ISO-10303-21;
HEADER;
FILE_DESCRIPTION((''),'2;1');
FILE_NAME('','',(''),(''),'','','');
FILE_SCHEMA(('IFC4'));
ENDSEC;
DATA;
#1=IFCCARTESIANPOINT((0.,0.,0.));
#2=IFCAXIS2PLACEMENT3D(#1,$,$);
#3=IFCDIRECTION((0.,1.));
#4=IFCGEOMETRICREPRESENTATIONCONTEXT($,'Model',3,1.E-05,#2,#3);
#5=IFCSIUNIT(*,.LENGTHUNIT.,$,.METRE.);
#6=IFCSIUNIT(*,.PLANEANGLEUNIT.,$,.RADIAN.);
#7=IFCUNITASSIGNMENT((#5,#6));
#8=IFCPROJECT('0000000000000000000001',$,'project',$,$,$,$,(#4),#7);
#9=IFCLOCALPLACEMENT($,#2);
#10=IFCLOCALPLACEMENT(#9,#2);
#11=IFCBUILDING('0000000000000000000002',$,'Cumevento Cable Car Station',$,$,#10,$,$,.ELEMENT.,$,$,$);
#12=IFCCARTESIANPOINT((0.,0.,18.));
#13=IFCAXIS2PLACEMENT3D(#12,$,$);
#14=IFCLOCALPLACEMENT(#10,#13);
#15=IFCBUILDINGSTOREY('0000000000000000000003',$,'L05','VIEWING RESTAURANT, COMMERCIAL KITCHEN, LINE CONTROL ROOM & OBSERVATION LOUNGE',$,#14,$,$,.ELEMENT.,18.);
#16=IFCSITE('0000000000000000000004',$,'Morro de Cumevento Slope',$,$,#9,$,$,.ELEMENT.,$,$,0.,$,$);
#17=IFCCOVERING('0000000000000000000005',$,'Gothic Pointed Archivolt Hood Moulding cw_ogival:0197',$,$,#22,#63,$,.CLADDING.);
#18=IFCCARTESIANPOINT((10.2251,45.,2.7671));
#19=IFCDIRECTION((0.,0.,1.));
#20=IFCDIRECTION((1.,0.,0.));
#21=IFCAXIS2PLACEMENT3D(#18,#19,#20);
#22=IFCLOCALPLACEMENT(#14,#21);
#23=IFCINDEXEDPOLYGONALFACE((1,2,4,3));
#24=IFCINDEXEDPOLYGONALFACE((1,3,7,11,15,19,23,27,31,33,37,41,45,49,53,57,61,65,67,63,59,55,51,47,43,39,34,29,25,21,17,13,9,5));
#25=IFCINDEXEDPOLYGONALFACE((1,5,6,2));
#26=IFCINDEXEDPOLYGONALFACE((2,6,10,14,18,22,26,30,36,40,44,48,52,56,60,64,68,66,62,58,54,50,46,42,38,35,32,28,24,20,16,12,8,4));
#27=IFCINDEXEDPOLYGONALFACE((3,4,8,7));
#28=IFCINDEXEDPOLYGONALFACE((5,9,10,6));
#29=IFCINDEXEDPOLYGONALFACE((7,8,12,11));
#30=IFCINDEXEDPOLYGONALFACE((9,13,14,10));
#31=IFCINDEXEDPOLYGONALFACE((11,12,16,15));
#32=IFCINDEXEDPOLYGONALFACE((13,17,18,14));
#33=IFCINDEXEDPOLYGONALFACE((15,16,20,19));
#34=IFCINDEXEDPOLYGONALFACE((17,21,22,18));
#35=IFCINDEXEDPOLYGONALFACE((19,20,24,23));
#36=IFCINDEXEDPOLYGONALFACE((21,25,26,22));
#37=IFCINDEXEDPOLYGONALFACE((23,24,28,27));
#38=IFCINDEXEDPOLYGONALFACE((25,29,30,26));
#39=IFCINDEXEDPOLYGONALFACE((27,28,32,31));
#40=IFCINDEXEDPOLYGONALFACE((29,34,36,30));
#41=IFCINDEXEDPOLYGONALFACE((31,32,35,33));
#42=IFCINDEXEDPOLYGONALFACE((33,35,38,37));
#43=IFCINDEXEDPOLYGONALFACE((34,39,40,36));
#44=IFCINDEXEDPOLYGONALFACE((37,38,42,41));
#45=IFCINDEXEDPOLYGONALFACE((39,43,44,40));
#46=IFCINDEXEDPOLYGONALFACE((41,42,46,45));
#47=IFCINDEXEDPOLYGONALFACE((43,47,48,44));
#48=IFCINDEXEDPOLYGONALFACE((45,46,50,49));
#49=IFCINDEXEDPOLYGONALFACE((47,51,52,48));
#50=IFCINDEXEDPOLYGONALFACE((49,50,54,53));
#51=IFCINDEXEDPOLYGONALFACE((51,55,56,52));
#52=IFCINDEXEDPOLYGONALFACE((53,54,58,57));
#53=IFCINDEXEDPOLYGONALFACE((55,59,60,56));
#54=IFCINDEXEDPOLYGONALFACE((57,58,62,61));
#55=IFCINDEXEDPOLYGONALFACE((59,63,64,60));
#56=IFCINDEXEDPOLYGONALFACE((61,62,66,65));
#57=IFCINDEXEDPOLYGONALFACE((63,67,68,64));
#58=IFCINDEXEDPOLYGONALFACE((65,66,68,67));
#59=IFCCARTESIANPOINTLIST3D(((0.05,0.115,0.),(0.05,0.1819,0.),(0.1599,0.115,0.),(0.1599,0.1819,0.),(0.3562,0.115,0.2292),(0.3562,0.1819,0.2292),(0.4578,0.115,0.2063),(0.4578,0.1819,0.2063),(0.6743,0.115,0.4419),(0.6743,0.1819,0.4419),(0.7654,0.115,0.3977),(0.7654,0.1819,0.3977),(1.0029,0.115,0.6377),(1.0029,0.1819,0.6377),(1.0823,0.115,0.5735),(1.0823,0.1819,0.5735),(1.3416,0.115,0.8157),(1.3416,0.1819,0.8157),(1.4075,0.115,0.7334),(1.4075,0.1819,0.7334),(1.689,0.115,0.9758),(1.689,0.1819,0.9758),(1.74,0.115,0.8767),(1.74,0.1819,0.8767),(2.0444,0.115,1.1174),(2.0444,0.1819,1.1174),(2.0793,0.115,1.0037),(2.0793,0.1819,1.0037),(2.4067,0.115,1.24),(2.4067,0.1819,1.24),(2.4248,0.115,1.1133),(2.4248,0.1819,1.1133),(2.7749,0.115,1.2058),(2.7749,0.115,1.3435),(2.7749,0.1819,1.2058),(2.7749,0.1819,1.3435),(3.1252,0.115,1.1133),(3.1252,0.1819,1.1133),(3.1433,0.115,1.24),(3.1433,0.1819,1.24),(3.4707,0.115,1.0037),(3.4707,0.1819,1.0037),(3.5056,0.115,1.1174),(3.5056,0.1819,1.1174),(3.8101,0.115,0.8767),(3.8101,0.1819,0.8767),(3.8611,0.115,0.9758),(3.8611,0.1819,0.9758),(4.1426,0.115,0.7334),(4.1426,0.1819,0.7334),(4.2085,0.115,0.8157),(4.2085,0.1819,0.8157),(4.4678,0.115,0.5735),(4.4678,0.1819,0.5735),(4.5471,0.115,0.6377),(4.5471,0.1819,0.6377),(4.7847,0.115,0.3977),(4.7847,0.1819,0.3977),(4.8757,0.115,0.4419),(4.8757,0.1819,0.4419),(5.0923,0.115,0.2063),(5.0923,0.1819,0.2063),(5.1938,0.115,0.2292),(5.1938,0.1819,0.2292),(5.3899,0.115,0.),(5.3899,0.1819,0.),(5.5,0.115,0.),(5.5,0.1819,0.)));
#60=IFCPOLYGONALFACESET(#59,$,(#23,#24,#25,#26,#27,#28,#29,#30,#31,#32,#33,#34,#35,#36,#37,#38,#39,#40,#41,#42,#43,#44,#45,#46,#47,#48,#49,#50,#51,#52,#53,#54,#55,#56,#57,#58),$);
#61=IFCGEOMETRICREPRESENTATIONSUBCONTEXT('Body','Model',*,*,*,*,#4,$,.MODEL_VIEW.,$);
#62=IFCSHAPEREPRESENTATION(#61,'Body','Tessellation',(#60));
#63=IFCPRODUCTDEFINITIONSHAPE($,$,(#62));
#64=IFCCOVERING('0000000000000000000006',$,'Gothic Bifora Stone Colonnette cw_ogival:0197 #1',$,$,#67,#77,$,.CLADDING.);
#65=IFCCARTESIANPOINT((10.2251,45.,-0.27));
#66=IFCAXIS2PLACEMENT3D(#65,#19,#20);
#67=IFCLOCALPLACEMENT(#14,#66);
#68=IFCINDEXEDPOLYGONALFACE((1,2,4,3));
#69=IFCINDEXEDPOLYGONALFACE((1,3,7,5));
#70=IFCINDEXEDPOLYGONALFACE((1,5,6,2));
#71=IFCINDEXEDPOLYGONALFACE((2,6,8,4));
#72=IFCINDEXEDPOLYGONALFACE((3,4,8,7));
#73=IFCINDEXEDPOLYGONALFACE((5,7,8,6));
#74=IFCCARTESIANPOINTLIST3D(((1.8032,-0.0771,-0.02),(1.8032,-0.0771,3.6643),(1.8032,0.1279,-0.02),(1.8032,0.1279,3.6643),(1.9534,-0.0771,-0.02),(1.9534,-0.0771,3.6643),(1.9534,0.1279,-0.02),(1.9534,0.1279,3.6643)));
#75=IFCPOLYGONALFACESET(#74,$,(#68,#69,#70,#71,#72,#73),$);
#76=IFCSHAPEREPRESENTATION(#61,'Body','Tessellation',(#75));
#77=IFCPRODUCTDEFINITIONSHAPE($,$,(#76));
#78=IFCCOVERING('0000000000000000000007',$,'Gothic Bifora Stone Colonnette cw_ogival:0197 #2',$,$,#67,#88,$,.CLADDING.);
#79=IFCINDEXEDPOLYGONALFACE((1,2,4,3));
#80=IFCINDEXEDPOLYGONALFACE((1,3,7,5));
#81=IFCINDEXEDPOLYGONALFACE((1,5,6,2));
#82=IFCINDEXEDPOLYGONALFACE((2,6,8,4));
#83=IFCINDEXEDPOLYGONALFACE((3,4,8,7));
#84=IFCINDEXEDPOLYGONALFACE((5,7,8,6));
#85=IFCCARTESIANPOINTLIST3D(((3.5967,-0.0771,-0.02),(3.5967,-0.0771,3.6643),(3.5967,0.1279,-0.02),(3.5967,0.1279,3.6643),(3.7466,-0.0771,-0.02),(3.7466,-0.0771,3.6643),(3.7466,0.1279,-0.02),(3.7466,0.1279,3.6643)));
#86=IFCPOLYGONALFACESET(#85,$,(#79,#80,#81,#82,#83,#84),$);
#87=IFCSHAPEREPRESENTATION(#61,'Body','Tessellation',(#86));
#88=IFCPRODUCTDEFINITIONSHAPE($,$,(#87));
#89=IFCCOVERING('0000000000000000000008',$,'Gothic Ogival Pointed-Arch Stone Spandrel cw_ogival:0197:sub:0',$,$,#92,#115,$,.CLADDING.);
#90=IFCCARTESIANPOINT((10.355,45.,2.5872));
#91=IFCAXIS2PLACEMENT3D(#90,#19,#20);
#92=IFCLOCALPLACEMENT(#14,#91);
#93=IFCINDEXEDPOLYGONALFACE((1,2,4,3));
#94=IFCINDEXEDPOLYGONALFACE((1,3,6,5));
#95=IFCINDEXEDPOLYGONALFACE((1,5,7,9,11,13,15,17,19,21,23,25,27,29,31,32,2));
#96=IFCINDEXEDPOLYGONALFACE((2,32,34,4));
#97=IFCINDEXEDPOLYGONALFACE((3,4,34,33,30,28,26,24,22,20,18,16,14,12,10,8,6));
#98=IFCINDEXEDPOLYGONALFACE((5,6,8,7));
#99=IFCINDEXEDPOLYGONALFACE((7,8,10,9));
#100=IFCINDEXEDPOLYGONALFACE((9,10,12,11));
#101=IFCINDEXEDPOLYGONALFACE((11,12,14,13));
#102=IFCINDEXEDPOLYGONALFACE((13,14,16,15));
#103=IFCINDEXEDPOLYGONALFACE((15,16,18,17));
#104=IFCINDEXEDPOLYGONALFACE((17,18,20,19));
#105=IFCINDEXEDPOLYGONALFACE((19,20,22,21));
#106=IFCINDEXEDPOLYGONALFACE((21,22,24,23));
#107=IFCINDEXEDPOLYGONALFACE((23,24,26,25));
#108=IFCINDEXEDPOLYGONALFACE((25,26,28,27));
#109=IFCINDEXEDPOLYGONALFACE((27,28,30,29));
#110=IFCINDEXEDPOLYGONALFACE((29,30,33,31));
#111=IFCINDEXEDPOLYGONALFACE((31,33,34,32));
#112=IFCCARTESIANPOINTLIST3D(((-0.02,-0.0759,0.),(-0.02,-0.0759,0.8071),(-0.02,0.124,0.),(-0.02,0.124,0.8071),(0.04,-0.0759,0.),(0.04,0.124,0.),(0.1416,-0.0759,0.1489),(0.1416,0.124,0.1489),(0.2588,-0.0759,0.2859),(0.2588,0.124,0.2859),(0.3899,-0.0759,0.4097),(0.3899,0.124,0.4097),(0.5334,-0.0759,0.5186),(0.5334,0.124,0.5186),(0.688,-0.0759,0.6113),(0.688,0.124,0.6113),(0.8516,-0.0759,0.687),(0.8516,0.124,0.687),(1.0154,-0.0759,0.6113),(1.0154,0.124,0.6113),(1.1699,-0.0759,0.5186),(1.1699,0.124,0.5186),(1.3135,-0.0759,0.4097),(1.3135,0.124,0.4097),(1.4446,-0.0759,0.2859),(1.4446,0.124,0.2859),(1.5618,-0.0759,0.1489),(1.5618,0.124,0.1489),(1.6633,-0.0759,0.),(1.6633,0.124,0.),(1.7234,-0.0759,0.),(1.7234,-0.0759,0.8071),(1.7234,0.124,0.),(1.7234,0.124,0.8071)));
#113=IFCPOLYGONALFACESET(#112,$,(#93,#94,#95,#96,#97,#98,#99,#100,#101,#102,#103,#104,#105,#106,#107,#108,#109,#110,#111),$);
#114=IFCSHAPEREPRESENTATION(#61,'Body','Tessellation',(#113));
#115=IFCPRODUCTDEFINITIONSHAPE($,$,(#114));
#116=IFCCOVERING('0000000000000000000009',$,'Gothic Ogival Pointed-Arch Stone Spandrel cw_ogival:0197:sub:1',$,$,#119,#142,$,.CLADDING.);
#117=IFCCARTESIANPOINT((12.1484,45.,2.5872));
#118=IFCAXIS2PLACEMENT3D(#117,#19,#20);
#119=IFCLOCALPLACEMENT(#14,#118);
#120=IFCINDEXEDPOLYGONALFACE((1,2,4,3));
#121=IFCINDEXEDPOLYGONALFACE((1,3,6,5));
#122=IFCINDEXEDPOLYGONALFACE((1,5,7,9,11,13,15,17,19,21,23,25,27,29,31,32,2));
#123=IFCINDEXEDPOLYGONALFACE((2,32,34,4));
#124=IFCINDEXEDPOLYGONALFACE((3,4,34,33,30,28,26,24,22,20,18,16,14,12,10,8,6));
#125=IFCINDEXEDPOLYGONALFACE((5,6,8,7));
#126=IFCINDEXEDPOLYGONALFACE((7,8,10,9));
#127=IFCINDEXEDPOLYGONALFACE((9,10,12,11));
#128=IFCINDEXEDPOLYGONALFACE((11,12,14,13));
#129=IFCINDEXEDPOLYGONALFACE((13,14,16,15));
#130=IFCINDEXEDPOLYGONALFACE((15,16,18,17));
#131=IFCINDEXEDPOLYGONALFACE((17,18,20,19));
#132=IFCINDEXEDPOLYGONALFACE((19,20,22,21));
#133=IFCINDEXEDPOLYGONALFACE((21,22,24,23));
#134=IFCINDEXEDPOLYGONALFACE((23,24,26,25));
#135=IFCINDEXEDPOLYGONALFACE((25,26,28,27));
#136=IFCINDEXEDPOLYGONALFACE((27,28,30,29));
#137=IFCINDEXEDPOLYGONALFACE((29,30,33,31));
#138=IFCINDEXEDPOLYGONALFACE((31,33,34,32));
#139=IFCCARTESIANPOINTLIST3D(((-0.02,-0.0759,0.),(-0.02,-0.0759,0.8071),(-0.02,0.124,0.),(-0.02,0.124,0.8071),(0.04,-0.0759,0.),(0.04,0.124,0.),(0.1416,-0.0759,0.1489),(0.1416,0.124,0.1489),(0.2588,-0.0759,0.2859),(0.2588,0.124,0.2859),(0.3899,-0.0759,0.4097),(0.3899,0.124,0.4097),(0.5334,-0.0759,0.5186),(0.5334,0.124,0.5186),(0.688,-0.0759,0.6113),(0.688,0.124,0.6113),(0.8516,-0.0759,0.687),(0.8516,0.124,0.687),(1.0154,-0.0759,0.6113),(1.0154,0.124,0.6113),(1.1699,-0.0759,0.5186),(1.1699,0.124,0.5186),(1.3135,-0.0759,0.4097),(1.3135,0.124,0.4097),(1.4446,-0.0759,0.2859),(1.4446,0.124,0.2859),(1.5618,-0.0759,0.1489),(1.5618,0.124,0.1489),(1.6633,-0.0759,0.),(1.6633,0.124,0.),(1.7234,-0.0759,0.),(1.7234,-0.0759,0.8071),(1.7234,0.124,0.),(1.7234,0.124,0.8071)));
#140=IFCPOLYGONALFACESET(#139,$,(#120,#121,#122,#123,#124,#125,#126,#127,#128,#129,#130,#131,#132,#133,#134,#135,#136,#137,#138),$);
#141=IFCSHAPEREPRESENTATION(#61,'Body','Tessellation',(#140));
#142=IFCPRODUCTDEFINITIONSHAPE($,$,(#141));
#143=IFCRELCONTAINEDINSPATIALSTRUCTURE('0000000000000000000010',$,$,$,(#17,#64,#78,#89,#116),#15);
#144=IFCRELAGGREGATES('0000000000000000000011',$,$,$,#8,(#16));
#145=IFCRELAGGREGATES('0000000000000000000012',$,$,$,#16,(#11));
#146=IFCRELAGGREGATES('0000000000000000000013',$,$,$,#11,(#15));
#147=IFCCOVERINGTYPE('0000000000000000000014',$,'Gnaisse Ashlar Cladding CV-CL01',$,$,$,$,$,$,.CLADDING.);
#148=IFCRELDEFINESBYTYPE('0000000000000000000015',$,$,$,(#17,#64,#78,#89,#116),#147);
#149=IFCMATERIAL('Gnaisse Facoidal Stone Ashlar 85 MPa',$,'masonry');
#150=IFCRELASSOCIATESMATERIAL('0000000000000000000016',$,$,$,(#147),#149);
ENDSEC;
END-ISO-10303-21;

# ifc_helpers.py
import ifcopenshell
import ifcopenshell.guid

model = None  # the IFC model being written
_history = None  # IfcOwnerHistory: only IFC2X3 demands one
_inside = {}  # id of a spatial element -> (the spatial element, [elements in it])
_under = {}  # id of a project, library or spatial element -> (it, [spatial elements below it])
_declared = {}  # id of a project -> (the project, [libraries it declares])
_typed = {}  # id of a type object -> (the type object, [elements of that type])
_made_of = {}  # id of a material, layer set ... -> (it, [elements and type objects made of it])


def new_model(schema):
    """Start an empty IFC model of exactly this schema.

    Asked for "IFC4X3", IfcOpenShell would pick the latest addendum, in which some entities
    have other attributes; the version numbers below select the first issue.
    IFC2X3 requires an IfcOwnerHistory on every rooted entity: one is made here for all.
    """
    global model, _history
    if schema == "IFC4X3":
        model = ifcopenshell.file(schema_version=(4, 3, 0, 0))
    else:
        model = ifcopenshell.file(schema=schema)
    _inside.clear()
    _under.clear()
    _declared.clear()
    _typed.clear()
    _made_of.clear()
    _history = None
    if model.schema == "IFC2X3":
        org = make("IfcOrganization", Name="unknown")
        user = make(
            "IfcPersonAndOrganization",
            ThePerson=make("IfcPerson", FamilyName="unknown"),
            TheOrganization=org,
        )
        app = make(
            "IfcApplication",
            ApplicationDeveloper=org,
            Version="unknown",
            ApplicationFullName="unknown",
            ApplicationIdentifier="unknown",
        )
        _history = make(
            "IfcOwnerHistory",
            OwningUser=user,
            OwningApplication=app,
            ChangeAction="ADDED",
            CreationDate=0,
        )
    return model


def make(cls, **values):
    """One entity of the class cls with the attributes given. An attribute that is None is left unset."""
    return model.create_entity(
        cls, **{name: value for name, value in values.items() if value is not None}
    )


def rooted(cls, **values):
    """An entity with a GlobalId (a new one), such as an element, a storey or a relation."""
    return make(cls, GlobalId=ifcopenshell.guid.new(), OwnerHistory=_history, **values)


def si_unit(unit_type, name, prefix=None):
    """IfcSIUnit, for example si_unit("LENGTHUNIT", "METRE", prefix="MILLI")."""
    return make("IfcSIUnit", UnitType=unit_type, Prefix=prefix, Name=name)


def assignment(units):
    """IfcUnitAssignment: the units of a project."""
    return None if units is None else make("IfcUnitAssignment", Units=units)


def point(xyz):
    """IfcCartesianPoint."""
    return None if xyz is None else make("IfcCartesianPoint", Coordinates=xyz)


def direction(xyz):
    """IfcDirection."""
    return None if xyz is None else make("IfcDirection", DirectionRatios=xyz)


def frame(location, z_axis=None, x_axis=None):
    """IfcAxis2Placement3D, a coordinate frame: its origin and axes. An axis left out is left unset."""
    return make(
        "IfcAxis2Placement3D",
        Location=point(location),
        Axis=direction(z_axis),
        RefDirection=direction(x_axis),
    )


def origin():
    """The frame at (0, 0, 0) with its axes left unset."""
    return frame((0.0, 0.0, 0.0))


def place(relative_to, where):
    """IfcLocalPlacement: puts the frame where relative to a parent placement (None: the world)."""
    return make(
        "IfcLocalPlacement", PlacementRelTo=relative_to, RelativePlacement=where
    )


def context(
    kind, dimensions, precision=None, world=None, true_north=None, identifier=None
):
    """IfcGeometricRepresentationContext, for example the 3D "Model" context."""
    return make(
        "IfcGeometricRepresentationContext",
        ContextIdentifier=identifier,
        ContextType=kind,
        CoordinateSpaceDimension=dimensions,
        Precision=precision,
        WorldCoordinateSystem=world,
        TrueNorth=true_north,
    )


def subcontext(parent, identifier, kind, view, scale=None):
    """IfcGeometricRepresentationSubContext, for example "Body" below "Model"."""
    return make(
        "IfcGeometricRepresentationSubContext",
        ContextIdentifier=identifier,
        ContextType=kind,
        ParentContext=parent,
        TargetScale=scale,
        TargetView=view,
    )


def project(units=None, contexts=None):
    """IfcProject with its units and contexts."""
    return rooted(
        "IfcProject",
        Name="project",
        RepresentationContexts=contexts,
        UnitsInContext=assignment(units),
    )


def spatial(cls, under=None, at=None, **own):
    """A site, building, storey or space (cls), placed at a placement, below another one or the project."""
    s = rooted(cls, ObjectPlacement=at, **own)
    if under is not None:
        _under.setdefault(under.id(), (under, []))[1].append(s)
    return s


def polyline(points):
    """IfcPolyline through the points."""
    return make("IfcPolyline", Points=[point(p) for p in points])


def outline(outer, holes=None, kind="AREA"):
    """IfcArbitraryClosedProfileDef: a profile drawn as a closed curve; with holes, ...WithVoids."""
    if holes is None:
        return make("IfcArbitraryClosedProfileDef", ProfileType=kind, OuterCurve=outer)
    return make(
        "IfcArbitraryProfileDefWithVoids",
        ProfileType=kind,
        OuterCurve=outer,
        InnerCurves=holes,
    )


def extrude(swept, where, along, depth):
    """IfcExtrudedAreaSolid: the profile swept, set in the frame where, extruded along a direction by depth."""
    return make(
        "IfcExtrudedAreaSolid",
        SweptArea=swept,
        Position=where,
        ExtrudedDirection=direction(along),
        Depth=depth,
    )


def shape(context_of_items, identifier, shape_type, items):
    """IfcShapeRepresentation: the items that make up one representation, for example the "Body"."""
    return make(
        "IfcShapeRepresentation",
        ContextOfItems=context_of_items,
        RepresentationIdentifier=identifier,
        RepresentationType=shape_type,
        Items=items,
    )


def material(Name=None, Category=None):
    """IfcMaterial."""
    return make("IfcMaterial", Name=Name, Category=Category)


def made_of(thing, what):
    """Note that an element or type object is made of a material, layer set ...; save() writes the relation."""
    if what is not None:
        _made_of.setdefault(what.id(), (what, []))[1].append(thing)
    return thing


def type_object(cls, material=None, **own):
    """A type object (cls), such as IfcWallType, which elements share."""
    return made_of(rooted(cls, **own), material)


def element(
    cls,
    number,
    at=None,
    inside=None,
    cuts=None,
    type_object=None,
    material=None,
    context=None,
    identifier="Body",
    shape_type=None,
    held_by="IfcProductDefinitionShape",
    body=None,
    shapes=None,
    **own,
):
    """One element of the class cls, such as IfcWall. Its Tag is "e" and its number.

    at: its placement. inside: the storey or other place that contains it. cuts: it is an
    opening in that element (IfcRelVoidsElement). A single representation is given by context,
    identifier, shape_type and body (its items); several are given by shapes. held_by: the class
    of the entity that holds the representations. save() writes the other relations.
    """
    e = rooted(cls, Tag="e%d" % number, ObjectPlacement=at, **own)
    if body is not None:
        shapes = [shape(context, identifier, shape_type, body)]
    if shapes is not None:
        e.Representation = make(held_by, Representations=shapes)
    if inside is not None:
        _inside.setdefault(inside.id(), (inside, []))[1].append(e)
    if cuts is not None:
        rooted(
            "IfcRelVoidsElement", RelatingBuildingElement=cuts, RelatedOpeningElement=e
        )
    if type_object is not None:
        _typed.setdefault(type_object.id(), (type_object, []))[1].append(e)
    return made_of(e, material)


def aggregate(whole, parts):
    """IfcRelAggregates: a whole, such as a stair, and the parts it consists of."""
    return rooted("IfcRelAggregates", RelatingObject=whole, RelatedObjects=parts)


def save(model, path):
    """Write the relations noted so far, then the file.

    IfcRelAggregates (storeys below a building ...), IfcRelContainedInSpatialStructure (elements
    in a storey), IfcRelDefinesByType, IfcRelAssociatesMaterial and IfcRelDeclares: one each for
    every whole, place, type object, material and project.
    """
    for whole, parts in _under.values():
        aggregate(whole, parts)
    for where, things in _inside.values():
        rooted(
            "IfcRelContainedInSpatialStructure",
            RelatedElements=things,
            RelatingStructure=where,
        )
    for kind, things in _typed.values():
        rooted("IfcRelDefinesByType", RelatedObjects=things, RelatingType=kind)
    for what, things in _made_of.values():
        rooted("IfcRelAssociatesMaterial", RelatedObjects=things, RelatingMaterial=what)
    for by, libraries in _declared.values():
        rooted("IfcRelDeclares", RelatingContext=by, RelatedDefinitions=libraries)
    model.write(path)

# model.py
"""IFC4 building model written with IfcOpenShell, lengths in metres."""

from ifc_helpers import new_model, si_unit, direction, frame, origin, place, context, subcontext, project, spatial, polyline, outline, extrude, material, type_object, element, save


model = new_model("IFC4")

# Units and contexts
model_context = context("Model", 3, precision=1e-05, world=origin(), true_north=direction((0.0, 1.0)))
body_context = subcontext(model_context, "Body", "Model", "MODEL_VIEW")
ifc_project = project(units=[si_unit("LENGTHUNIT", "METRE"), si_unit("PLANEANGLEUNIT", "RADIAN")], contexts=[model_context])

# Site, building, storey
site_placement = place(None, origin())
site = spatial("IfcSite", under=ifc_project, at=site_placement, Name="Morro de Cumevento Slope", CompositionType="ELEMENT", RefElevation=0.0)
building_placement = place(site_placement, origin())
building = spatial("IfcBuilding", under=site, at=building_placement, Name="Cumevento Cable Car Station", CompositionType="ELEMENT")
storey_placement = place(building_placement, frame((0.0, 0.0, 18.0)))
storey = spatial("IfcBuildingStorey", under=building, at=storey_placement, Name="L05", Description="VIEWING RESTAURANT, COMMERCIAL KITCHEN, LINE CONTROL ROOM & OBSERVATION LOUNGE", CompositionType="ELEMENT", Elevation=18.0)

# Coverings
ifc_material_1 = material(Name="Gnaisse Facoidal Stone Ashlar 85 MPa", Category="masonry")
covering_type = type_object("IfcCoveringType", Name="Gnaisse Ashlar Cladding CV-CL01", PredefinedType="CLADDING", material=ifc_material_1)
covering_1_placement = place(storey_placement, frame((10.2251, 45.0, 2.7671), z_axis=(0.0, 0.0, 1.0), x_axis=(1.0, 0.0, 0.0)))
element("IfcCovering", 1, at=covering_1_placement, inside=storey, type_object=covering_type, Name="Gothic Pointed Archivolt Hood Moulding cw_ogival:0197", PredefinedType="CLADDING", context=body_context, shape_type="SweptSolid", body=[
    extrude(outline(polyline([(0.1599, 0.0), (0.4578, 0.2063), (0.7654, 0.3977), (1.0823, 0.5735), (1.4075, 0.7334), (1.74, 0.8767), (2.0793, 1.0037), (2.4248, 1.1133), (2.7749, 1.2058), (3.1252, 1.1133), (3.4707, 1.0037), (3.8101, 0.8767), (4.1426, 0.7334), (4.4678, 0.5735), (4.7847, 0.3977), (5.0923, 0.2063), (5.3899, 0.0), (5.5, 0.0), (5.1938, 0.2292), (4.8757, 0.4419), (4.5471, 0.6377), (4.2085, 0.8157), (3.8611, 0.9758), (3.5056, 1.1174), (3.1433, 1.24), (2.7749, 1.3435), (2.4067, 1.24), (2.0444, 1.1174), (1.689, 0.9758), (1.3416, 0.8157), (1.0029, 0.6377), (0.6743, 0.4419), (0.3562, 0.2292), (0.05, 0.0), (0.1599, 0.0)])), frame((0.0, 0.1819, 0.0), z_axis=(0.0, -1.0, 0.0), x_axis=(1.0, 0.0, 0.0)), (0.0, 0.0, 1.0), 0.0669),
])
placement = place(storey_placement, frame((10.2251, 45.0, -0.27), z_axis=(0.0, 0.0, 1.0), x_axis=(1.0, 0.0, 0.0)))
element("IfcCovering", 2, at=placement, inside=storey, type_object=covering_type, Name="Gothic Bifora Stone Colonnette cw_ogival:0197 #1", PredefinedType="CLADDING", context=body_context, shape_type="SweptSolid", body=[
    extrude(outline(polyline([(1.8032, -0.02), (1.9534, -0.02), (1.9534, 3.6643), (1.8032, 3.6643), (1.8032, -0.02)])), frame((0.0, 0.1279, 0.0), z_axis=(0.0, -1.0, 0.0), x_axis=(1.0, 0.0, 0.0)), (0.0, 0.0, 1.0), 0.2051),
])
element("IfcCovering", 3, at=placement, inside=storey, type_object=covering_type, Name="Gothic Bifora Stone Colonnette cw_ogival:0197 #2", PredefinedType="CLADDING", context=body_context, shape_type="SweptSolid", body=[
    extrude(outline(polyline([(3.5967, -0.02), (3.7466, -0.02), (3.7466, 3.6643), (3.5967, 3.6643), (3.5967, -0.02)])), frame((0.0, 0.1279, 0.0), z_axis=(0.0, -1.0, 0.0), x_axis=(1.0, 0.0, 0.0)), (0.0, 0.0, 1.0), 0.2051),
])
for number, where, z_axis, x_axis, name in (
    (4, (10.355, 45.0, 2.5872), (0.0, 0.0, 1.0), (1.0, 0.0, 0.0), "Gothic Ogival Pointed-Arch Stone Spandrel cw_ogival:0197:sub:0"),
    (5, (12.1484, 45.0, 2.5872), (0.0, 0.0, 1.0), (1.0, 0.0, 0.0), "Gothic Ogival Pointed-Arch Stone Spandrel cw_ogival:0197:sub:1"),
):
    element("IfcCovering", number, at=place(storey_placement, frame(where, z_axis=z_axis, x_axis=x_axis)), inside=storey, type_object=covering_type, Name=name, PredefinedType="CLADDING", context=body_context, shape_type="SweptSolid", body=[
        extrude(outline(polyline([(-0.02, 0.0), (-0.02, 0.8071), (1.7234, 0.8071), (1.7234, 0.0), (1.6633, 0.0), (1.5618, 0.1489), (1.4446, 0.2859), (1.3135, 0.4097), (1.1699, 0.5186), (1.0154, 0.6113), (0.8516, 0.687), (0.688, 0.6113), (0.5334, 0.5186), (0.3899, 0.4097), (0.2588, 0.2859), (0.1416, 0.1489), (0.04, 0.0), (-0.02, 0.0)])), frame((0.0, 0.124, 0.0), z_axis=(0.0, -1.0, 0.0), x_axis=(1.0, 0.0, 0.0)), (0.0, 0.0, 1.0), 0.2),
    ])

save(model, "model.ifc")
